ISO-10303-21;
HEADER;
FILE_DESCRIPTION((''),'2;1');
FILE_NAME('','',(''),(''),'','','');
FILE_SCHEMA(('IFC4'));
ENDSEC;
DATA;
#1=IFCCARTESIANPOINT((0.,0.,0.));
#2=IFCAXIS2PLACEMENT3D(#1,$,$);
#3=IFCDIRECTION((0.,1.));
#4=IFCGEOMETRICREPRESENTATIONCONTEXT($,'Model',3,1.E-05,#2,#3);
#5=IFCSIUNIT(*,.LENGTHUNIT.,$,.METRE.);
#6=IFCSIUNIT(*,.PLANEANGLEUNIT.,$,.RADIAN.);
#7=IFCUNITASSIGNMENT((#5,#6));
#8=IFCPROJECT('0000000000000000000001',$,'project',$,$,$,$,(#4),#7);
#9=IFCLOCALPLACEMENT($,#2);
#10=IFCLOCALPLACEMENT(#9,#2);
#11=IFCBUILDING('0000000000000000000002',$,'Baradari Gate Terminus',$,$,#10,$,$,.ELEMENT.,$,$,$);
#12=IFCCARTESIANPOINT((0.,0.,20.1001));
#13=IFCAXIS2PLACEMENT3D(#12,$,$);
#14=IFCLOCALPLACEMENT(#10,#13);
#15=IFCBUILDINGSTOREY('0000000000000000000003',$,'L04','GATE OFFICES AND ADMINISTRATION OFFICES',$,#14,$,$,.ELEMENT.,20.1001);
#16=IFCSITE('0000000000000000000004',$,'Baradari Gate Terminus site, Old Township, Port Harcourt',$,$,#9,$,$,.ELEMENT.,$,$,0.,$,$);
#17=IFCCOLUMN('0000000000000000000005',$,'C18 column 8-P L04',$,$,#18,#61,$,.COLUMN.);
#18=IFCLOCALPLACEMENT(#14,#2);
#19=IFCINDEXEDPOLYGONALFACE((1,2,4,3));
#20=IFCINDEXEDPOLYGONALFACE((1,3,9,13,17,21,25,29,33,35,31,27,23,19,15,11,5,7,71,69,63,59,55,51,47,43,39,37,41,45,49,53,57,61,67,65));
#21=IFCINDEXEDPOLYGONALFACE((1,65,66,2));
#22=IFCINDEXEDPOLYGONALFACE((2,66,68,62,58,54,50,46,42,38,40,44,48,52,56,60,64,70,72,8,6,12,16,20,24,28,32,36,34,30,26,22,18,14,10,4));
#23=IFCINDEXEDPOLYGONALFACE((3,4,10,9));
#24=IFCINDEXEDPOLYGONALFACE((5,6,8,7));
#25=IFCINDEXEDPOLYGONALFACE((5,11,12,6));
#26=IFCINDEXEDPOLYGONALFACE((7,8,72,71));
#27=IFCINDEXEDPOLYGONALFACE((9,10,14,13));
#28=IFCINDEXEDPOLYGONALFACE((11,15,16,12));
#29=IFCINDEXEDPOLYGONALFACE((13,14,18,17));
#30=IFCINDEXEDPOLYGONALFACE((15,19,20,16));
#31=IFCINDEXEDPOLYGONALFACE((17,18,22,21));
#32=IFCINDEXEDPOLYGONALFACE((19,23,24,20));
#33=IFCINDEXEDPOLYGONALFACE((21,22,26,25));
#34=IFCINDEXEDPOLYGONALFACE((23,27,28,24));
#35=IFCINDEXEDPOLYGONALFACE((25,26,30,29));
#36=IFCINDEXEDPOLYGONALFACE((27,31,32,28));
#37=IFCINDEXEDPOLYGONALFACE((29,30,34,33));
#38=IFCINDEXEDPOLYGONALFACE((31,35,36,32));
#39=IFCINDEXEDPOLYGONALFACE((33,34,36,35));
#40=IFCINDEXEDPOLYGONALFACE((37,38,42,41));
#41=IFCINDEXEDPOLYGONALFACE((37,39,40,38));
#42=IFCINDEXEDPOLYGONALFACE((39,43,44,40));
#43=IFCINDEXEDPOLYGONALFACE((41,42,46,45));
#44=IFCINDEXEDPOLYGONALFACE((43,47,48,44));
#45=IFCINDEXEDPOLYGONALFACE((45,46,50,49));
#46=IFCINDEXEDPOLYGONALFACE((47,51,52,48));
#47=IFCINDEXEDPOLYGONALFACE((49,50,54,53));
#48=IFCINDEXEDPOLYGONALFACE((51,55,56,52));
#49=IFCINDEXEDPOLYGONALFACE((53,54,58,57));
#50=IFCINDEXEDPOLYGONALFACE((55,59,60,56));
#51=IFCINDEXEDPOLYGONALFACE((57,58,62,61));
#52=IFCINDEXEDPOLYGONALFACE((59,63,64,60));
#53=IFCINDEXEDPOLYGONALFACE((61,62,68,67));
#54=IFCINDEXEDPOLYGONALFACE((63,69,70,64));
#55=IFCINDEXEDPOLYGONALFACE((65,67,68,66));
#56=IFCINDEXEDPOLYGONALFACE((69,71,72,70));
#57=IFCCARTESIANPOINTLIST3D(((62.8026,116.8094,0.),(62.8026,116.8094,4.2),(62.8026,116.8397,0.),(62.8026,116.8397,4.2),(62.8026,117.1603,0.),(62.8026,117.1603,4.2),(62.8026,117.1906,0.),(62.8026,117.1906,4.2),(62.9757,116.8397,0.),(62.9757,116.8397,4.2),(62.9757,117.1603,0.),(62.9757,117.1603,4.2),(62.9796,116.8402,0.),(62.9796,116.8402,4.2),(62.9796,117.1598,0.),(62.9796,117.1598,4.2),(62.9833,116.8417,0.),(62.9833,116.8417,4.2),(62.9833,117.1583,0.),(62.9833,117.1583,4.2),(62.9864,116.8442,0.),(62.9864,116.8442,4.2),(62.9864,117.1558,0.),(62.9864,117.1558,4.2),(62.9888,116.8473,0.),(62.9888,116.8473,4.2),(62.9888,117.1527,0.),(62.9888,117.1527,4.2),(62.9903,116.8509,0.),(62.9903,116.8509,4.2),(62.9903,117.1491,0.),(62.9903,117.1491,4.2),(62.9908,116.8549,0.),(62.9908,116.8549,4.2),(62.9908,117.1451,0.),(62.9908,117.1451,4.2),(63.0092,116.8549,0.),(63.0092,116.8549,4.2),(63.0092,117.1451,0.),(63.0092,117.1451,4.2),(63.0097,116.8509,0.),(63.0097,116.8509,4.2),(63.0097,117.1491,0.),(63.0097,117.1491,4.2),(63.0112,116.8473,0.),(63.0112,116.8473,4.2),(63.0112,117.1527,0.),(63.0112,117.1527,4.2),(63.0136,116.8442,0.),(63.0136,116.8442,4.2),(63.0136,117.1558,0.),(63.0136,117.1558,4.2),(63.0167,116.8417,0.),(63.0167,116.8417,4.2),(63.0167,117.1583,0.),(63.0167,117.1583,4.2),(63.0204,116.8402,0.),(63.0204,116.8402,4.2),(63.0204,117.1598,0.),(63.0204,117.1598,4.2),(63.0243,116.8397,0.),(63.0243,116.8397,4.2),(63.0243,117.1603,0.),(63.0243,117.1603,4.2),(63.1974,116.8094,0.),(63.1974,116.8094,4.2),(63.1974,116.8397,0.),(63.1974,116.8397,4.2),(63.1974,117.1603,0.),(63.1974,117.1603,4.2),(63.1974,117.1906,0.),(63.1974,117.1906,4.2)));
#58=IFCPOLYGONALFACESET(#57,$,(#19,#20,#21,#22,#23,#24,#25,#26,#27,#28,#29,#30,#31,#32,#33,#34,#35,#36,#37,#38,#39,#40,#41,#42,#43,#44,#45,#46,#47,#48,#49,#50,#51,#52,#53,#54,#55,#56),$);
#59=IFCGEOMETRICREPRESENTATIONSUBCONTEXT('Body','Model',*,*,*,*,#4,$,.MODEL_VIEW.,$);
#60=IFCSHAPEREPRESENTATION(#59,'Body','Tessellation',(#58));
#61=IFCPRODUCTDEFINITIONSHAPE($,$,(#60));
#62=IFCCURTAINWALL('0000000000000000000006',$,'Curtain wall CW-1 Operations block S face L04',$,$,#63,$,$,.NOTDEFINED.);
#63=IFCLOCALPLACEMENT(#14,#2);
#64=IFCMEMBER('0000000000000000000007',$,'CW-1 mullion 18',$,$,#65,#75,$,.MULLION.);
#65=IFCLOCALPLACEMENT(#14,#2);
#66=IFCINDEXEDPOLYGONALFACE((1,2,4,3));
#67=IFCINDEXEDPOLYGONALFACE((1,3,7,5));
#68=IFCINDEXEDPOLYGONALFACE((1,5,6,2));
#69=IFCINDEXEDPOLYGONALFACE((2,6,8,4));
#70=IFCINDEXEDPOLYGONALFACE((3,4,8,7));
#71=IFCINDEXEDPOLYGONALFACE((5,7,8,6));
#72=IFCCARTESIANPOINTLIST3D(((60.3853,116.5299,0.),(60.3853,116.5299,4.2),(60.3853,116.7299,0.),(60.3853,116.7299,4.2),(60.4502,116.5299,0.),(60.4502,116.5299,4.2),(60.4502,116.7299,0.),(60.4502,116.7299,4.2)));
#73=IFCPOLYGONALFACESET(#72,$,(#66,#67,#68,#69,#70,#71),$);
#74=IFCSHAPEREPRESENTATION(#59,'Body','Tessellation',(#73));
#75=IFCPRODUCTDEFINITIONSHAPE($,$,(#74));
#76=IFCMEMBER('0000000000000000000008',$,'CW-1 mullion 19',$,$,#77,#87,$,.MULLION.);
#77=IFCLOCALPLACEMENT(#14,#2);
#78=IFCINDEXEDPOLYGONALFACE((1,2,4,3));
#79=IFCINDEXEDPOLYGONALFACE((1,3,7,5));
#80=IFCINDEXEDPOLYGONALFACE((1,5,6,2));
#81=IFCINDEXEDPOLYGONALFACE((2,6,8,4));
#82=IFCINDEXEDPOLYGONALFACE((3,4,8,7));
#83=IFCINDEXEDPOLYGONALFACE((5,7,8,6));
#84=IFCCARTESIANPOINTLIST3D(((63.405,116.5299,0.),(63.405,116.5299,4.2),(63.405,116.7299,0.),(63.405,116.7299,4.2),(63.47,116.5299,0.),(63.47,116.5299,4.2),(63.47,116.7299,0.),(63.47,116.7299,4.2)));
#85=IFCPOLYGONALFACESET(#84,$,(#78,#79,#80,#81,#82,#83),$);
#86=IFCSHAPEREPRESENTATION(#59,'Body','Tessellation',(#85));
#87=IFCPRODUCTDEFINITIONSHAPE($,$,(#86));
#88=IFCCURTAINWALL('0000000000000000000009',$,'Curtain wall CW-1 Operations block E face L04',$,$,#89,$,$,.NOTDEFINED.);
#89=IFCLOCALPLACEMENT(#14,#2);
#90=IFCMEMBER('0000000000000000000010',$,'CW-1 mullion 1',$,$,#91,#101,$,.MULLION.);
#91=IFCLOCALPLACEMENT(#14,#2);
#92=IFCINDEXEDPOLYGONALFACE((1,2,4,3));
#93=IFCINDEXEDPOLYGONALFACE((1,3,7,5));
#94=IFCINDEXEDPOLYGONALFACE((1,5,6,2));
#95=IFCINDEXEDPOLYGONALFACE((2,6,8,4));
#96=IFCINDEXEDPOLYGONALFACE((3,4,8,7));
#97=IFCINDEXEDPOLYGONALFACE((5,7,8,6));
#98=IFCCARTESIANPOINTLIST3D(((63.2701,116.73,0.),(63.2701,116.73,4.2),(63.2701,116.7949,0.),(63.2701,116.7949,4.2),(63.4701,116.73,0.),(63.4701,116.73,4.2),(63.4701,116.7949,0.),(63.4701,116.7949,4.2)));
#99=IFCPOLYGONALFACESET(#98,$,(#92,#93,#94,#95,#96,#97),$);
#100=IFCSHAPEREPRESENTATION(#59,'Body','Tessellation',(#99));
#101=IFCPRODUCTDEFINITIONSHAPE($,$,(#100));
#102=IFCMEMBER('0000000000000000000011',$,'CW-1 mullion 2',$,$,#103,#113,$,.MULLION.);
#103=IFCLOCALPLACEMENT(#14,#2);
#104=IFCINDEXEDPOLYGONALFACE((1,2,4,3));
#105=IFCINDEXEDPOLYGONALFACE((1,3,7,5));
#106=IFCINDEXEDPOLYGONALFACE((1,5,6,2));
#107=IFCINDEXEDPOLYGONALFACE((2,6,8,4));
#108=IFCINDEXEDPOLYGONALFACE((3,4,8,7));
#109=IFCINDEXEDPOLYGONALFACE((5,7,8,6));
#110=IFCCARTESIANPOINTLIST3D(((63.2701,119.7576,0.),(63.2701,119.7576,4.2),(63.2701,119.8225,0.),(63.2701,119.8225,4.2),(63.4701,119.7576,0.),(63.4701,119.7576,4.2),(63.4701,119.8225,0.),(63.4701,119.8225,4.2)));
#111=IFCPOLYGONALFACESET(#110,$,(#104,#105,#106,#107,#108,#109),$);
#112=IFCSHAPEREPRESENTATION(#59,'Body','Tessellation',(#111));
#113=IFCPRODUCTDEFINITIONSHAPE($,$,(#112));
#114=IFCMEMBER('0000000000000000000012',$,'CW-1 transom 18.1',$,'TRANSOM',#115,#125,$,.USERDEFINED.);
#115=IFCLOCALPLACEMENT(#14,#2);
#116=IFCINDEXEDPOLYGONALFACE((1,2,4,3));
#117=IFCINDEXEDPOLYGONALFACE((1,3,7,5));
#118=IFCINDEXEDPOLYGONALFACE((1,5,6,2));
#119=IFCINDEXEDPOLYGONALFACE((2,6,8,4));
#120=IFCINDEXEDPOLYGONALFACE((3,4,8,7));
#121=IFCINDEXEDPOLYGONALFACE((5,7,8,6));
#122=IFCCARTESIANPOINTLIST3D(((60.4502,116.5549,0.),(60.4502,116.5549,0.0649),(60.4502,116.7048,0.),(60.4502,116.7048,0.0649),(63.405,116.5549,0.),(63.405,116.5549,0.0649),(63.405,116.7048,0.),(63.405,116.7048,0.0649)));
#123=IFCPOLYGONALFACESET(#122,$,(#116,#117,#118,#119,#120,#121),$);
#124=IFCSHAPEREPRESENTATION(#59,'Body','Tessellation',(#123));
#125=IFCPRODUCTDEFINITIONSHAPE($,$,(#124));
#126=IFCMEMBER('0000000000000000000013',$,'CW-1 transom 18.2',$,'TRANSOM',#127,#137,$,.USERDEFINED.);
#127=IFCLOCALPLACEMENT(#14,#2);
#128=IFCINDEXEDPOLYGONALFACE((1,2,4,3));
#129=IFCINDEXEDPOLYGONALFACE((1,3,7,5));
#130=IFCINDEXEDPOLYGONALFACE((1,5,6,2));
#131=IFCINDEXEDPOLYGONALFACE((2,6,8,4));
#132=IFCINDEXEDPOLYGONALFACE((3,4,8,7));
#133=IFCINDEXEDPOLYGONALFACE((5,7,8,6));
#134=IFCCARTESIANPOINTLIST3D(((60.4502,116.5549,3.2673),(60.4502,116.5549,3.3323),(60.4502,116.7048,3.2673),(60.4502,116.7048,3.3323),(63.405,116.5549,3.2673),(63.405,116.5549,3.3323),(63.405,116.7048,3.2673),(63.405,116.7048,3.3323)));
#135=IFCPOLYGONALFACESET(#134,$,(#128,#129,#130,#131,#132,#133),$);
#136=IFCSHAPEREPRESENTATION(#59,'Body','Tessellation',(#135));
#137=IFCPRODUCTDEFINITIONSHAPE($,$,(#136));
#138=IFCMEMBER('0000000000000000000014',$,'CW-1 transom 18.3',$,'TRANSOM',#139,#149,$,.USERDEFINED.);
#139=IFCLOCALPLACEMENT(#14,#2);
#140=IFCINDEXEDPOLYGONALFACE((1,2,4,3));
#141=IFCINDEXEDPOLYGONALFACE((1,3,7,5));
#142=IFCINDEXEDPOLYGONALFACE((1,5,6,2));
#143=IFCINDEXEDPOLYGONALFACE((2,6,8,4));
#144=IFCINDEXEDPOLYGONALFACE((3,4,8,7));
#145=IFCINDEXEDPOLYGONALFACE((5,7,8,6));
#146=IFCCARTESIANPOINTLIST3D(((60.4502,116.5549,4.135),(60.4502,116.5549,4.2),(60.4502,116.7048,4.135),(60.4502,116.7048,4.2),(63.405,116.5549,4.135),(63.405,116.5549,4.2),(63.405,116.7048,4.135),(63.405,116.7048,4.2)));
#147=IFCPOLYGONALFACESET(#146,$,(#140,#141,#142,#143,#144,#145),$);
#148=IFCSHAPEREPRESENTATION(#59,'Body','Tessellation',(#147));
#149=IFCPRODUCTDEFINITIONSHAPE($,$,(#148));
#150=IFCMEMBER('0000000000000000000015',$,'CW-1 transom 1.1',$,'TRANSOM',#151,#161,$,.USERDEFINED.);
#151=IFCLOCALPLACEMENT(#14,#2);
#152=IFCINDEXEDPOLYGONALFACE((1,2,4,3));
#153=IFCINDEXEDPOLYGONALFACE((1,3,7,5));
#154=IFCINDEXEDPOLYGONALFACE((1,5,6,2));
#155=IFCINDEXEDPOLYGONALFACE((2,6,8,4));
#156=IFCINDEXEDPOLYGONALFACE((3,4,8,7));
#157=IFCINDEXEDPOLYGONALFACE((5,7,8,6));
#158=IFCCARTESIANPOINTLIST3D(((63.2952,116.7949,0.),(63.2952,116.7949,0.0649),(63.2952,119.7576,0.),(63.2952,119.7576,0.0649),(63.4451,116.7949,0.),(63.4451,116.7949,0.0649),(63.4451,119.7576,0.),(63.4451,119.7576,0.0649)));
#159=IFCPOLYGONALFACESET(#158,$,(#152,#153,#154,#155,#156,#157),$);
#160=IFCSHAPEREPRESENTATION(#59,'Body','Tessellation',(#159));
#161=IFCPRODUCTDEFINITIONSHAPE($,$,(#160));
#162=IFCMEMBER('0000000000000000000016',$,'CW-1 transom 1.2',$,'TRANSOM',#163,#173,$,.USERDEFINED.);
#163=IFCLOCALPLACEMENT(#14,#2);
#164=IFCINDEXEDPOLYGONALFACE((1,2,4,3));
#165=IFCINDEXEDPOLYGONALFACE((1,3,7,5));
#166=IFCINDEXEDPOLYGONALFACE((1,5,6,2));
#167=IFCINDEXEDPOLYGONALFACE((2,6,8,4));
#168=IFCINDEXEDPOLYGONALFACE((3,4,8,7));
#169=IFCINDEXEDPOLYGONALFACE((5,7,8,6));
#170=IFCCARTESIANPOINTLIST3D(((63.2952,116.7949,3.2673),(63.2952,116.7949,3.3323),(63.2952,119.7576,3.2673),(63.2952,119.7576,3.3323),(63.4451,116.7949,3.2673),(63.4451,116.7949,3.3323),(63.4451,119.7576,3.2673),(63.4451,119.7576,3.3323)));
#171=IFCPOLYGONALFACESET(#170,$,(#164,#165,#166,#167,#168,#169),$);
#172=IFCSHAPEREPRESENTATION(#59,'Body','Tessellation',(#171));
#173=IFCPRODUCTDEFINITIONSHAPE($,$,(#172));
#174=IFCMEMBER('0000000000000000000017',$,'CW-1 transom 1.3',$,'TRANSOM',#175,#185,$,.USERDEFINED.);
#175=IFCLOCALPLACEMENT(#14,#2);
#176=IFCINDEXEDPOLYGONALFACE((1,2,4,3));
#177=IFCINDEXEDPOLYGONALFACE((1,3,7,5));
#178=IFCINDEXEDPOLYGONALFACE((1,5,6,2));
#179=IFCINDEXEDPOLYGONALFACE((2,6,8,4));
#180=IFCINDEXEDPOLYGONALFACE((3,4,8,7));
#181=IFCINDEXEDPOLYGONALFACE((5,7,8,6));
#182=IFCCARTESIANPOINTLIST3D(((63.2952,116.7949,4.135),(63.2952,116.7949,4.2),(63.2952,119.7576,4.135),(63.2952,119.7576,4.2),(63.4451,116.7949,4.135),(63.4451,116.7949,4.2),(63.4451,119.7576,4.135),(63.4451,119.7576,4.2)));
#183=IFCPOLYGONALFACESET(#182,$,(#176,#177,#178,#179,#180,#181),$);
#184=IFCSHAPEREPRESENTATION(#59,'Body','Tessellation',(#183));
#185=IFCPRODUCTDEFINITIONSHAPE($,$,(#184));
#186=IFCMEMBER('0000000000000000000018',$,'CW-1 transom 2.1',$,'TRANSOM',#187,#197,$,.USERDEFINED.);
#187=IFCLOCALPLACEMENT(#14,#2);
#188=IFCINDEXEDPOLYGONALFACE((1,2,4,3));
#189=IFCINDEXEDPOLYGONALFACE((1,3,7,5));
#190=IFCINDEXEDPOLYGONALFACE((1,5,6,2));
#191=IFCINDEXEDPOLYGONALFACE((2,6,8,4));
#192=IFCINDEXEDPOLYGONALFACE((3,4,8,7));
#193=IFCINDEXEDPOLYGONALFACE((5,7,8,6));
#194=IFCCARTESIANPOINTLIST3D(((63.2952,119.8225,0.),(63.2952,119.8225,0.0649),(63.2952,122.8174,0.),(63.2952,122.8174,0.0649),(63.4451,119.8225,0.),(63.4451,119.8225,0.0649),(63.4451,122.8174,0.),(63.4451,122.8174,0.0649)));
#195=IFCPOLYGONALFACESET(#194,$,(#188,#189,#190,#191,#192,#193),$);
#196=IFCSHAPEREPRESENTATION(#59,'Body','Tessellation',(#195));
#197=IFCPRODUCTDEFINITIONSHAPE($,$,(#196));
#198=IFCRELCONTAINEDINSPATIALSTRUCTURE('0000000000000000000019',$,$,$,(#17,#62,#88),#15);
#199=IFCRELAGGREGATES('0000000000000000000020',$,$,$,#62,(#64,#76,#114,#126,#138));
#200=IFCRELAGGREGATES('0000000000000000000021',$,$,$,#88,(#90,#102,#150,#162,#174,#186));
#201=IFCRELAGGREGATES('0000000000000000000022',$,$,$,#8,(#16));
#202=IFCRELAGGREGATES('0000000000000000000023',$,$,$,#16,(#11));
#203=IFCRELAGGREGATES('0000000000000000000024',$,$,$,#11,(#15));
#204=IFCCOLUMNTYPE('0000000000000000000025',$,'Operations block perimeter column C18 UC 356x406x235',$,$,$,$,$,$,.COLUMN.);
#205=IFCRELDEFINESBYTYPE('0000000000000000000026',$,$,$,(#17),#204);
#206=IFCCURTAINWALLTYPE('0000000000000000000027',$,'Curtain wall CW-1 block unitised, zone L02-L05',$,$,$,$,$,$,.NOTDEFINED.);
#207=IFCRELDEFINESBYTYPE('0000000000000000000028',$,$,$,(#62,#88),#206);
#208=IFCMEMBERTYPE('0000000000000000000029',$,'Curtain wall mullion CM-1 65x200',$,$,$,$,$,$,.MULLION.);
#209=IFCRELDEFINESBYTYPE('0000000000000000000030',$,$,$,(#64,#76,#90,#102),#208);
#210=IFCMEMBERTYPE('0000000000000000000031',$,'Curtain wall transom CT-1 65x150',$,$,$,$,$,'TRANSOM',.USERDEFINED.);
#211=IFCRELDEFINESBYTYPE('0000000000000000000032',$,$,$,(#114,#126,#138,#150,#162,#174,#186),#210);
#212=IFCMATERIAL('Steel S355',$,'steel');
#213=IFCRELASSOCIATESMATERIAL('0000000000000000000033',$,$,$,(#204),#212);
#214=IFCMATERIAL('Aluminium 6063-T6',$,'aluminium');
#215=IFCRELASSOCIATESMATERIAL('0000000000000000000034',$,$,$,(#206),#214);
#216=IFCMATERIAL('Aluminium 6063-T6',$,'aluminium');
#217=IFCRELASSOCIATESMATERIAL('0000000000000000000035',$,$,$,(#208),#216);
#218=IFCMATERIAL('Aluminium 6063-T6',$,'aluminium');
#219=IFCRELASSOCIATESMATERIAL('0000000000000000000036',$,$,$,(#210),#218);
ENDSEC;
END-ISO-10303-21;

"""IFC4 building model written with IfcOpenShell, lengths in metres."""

from ifc_helpers import new_model, si_unit, direction, frame, origin, origin_2d, place, context, subcontext, project, spatial, rectangle, i_section, extrude, material, material_profile, profile_set, type_object, element, aggregate, save


model = new_model("IFC4")

# Units and contexts
model_context = context("Model", 3, precision=1e-05, world=origin(), true_north=direction((0.0, 1.0)))
body_context = subcontext(model_context, "Body", "Model", "MODEL_VIEW")
ifc_project = project(units=[si_unit("LENGTHUNIT", "METRE"), si_unit("PLANEANGLEUNIT", "RADIAN")], contexts=[model_context])

# Site, building, storey
site_placement = place(None, origin())
site = spatial("IfcSite", under=ifc_project, at=site_placement, Name="Baradari Gate Terminus site, Old Township, Port Harcourt", CompositionType="ELEMENT", RefElevation=0.0)
building_placement = place(site_placement, origin())
building = spatial("IfcBuilding", under=site, at=building_placement, Name="Baradari Gate Terminus", CompositionType="ELEMENT")
storey_placement = place(building_placement, frame((0.0, 0.0, 20.1001)))
storey = spatial("IfcBuildingStorey", under=building, at=storey_placement, Name="L04", Description="GATE OFFICES AND ADMINISTRATION OFFICES", CompositionType="ELEMENT", Elevation=20.1001)

# Column
ifc_material_1 = material(Name="Steel S355", Category="steel")
ifc_material_profile_1 = material_profile(ifc_material_1, i_section(OverallWidth=0.3948, OverallDepth=0.3811, WebThickness=0.0183, FlangeThickness=0.0303, FilletRadius=0.0151, at=origin_2d()), Name="UC 356x406x235")
ifc_profile_set_1 = profile_set([ifc_material_profile_1], Name="Steel S355")
column_type = type_object("IfcColumnType", Name="Operations block perimeter column C18 UC 356x406x235", PredefinedType="COLUMN", material=ifc_profile_set_1)
column_placement = place(storey_placement, frame((63.0, 117.0, 0.0), z_axis=(0.0, 0.0, 1.0), x_axis=(1.0, 0.0, 0.0)))
element("IfcColumn", 1, at=column_placement, inside=storey, type_object=column_type, Name="C18 column 8-P L04", PredefinedType="COLUMN", context=body_context, shape_type="SweptSolid", body=[
    extrude(i_section(OverallWidth=0.3948, OverallDepth=0.3811, WebThickness=0.0183, FlangeThickness=0.0303, FilletRadius=0.0151, at=origin_2d()), origin(), (0.0, 0.0, 1.0), 4.2),
])

# Curtain walls, members
ifc_material_2 = material(Name="Aluminium 6063-T6", Category="aluminium")
curtain_wall_type = type_object("IfcCurtainWallType", Name="Curtain wall CW-1 block unitised, zone L02-L05", PredefinedType="NOTDEFINED", material=ifc_material_2)
curtain_wall_1_placement = place(storey_placement, origin())
curtain_wall_1 = element("IfcCurtainWall", 2, at=curtain_wall_1_placement, inside=storey, type_object=curtain_wall_type, Name="Curtain wall CW-1 Operations block S face L04", PredefinedType="NOTDEFINED")
ifc_material_3 = material(Name="Aluminium 6063-T6", Category="aluminium")
ifc_material_profile_2 = material_profile(ifc_material_3, rectangle(XDim=0.2, YDim=0.0649, at=origin_2d()), Name="CM-1 65X200")
ifc_profile_set_2 = profile_set([ifc_material_profile_2], Name="Aluminium 6063-T6")
member_type_1 = type_object("IfcMemberType", Name="Curtain wall mullion CM-1 65x200", PredefinedType="MULLION", material=ifc_profile_set_2)
member_1_placement = place(storey_placement, frame((60.4177, 116.6299, 0.0), z_axis=(0.0, 0.0, 1.0), x_axis=(0.0, 1.0, 0.0)))
member_1 = element("IfcMember", 3, at=member_1_placement, type_object=member_type_1, Name="CW-1 mullion 18", PredefinedType="MULLION", context=body_context, shape_type="SweptSolid", body=[
    extrude(rectangle(XDim=0.2, YDim=0.0649, at=origin_2d()), origin(), (0.0, 0.0, 1.0), 4.2),
])
member_2_placement = place(storey_placement, frame((63.4375, 116.6299, 0.0), z_axis=(0.0, 0.0, 1.0), x_axis=(0.0, 1.0, 0.0)))
member_2 = element("IfcMember", 4, at=member_2_placement, type_object=member_type_1, Name="CW-1 mullion 19", PredefinedType="MULLION", context=body_context, shape_type="SweptSolid", body=[
    extrude(rectangle(XDim=0.2, YDim=0.0649, at=origin_2d()), origin(), (0.0, 0.0, 1.0), 4.2),
])
curtain_wall_2_placement = place(storey_placement, origin())
curtain_wall_2 = element("IfcCurtainWall", 5, at=curtain_wall_2_placement, inside=storey, type_object=curtain_wall_type, Name="Curtain wall CW-1 Operations block E face L04", PredefinedType="NOTDEFINED")
member_3_placement = place(storey_placement, frame((63.3701, 116.7625, 0.0), z_axis=(0.0, 0.0, 1.0), x_axis=(-1.0, 0.0, 0.0)))
member_3 = element("IfcMember", 6, at=member_3_placement, type_object=member_type_1, Name="CW-1 mullion 1", PredefinedType="MULLION", context=body_context, shape_type="SweptSolid", body=[
    extrude(rectangle(XDim=0.2, YDim=0.0649, at=origin_2d()), origin(), (0.0, 0.0, 1.0), 4.2),
])
member_4_placement = place(storey_placement, frame((63.3701, 119.79, 0.0), z_axis=(0.0, 0.0, 1.0), x_axis=(-1.0, 0.0, 0.0)))
member_4 = element("IfcMember", 7, at=member_4_placement, type_object=member_type_1, Name="CW-1 mullion 2", PredefinedType="MULLION", context=body_context, shape_type="SweptSolid", body=[
    extrude(rectangle(XDim=0.2, YDim=0.0649, at=origin_2d()), origin(), (0.0, 0.0, 1.0), 4.2),
])

# Members
ifc_material_4 = material(Name="Aluminium 6063-T6", Category="aluminium")
ifc_material_profile_3 = material_profile(ifc_material_4, rectangle(XDim=0.1499, YDim=0.0649, at=origin_2d()), Name="CT-1 65X150")
ifc_profile_set_3 = profile_set([ifc_material_profile_3], Name="Aluminium 6063-T6")
member_type_2 = type_object("IfcMemberType", Name="Curtain wall transom CT-1 65x150", ElementType="TRANSOM", PredefinedType="USERDEFINED", material=ifc_profile_set_3)
member_5_placement = place(storey_placement, frame((60.4502, 116.6299, 0.0325), z_axis=(1.0, 0.0, 0.0), x_axis=(0.0, 1.0, 0.0)))
member_5 = element("IfcMember", 8, at=member_5_placement, type_object=member_type_2, Name="CW-1 transom 18.1", ObjectType="TRANSOM", PredefinedType="USERDEFINED", context=body_context, shape_type="SweptSolid", body=[
    extrude(rectangle(XDim=0.1499, YDim=0.0649, at=origin_2d()), origin(), (0.0, 0.0, 1.0), 2.9548),
])
member_6_placement = place(storey_placement, frame((60.4502, 116.6299, 3.2998), z_axis=(1.0, 0.0, 0.0), x_axis=(0.0, 1.0, 0.0)))
member_6 = element("IfcMember", 9, at=member_6_placement, type_object=member_type_2, Name="CW-1 transom 18.2", ObjectType="TRANSOM", PredefinedType="USERDEFINED", context=body_context, shape_type="SweptSolid", body=[
    extrude(rectangle(XDim=0.1499, YDim=0.0649, at=origin_2d()), origin(), (0.0, 0.0, 1.0), 2.9548),
])
member_7_placement = place(storey_placement, frame((60.4502, 116.6299, 4.1675), z_axis=(1.0, 0.0, 0.0), x_axis=(0.0, 1.0, 0.0)))
member_7 = element("IfcMember", 10, at=member_7_placement, type_object=member_type_2, Name="CW-1 transom 18.3", ObjectType="TRANSOM", PredefinedType="USERDEFINED", context=body_context, shape_type="SweptSolid", body=[
    extrude(rectangle(XDim=0.1499, YDim=0.0649, at=origin_2d()), origin(), (0.0, 0.0, 1.0), 2.9548),
])
member_8_placement = place(storey_placement, frame((63.3701, 116.7949, 0.0325), z_axis=(0.0, 1.0, 0.0), x_axis=(-1.0, 0.0, 0.0)))
member_8 = element("IfcMember", 11, at=member_8_placement, type_object=member_type_2, Name="CW-1 transom 1.1", ObjectType="TRANSOM", PredefinedType="USERDEFINED", context=body_context, shape_type="SweptSolid", body=[
    extrude(rectangle(XDim=0.1499, YDim=0.0649, at=origin_2d()), origin(), (0.0, 0.0, 1.0), 2.9626),
])
member_9_placement = place(storey_placement, frame((63.3701, 116.7949, 3.2998), z_axis=(0.0, 1.0, 0.0), x_axis=(-1.0, 0.0, 0.0)))
member_9 = element("IfcMember", 12, at=member_9_placement, type_object=member_type_2, Name="CW-1 transom 1.2", ObjectType="TRANSOM", PredefinedType="USERDEFINED", context=body_context, shape_type="SweptSolid", body=[
    extrude(rectangle(XDim=0.1499, YDim=0.0649, at=origin_2d()), origin(), (0.0, 0.0, 1.0), 2.9626),
])
member_10_placement = place(storey_placement, frame((63.3701, 116.7949, 4.1675), z_axis=(0.0, 1.0, 0.0), x_axis=(-1.0, 0.0, 0.0)))
member_10 = element("IfcMember", 13, at=member_10_placement, type_object=member_type_2, Name="CW-1 transom 1.3", ObjectType="TRANSOM", PredefinedType="USERDEFINED", context=body_context, shape_type="SweptSolid", body=[
    extrude(rectangle(XDim=0.1499, YDim=0.0649, at=origin_2d()), origin(), (0.0, 0.0, 1.0), 2.9626),
])
member_11_placement = place(storey_placement, frame((63.3701, 119.8225, 0.0325), z_axis=(0.0, 1.0, 0.0), x_axis=(-1.0, 0.0, 0.0)))
member_11 = element("IfcMember", 14, at=member_11_placement, type_object=member_type_2, Name="CW-1 transom 2.1", ObjectType="TRANSOM", PredefinedType="USERDEFINED", context=body_context, shape_type="SweptSolid", body=[
    extrude(rectangle(XDim=0.1499, YDim=0.0649, at=origin_2d()), origin(), (0.0, 0.0, 1.0), 2.9949),
])

aggregate(curtain_wall_1, [member_1, member_2, member_5, member_6, member_7])
aggregate(curtain_wall_2, [member_3, member_4, member_8, member_9, member_10, member_11])

save(model, "model.ifc")
